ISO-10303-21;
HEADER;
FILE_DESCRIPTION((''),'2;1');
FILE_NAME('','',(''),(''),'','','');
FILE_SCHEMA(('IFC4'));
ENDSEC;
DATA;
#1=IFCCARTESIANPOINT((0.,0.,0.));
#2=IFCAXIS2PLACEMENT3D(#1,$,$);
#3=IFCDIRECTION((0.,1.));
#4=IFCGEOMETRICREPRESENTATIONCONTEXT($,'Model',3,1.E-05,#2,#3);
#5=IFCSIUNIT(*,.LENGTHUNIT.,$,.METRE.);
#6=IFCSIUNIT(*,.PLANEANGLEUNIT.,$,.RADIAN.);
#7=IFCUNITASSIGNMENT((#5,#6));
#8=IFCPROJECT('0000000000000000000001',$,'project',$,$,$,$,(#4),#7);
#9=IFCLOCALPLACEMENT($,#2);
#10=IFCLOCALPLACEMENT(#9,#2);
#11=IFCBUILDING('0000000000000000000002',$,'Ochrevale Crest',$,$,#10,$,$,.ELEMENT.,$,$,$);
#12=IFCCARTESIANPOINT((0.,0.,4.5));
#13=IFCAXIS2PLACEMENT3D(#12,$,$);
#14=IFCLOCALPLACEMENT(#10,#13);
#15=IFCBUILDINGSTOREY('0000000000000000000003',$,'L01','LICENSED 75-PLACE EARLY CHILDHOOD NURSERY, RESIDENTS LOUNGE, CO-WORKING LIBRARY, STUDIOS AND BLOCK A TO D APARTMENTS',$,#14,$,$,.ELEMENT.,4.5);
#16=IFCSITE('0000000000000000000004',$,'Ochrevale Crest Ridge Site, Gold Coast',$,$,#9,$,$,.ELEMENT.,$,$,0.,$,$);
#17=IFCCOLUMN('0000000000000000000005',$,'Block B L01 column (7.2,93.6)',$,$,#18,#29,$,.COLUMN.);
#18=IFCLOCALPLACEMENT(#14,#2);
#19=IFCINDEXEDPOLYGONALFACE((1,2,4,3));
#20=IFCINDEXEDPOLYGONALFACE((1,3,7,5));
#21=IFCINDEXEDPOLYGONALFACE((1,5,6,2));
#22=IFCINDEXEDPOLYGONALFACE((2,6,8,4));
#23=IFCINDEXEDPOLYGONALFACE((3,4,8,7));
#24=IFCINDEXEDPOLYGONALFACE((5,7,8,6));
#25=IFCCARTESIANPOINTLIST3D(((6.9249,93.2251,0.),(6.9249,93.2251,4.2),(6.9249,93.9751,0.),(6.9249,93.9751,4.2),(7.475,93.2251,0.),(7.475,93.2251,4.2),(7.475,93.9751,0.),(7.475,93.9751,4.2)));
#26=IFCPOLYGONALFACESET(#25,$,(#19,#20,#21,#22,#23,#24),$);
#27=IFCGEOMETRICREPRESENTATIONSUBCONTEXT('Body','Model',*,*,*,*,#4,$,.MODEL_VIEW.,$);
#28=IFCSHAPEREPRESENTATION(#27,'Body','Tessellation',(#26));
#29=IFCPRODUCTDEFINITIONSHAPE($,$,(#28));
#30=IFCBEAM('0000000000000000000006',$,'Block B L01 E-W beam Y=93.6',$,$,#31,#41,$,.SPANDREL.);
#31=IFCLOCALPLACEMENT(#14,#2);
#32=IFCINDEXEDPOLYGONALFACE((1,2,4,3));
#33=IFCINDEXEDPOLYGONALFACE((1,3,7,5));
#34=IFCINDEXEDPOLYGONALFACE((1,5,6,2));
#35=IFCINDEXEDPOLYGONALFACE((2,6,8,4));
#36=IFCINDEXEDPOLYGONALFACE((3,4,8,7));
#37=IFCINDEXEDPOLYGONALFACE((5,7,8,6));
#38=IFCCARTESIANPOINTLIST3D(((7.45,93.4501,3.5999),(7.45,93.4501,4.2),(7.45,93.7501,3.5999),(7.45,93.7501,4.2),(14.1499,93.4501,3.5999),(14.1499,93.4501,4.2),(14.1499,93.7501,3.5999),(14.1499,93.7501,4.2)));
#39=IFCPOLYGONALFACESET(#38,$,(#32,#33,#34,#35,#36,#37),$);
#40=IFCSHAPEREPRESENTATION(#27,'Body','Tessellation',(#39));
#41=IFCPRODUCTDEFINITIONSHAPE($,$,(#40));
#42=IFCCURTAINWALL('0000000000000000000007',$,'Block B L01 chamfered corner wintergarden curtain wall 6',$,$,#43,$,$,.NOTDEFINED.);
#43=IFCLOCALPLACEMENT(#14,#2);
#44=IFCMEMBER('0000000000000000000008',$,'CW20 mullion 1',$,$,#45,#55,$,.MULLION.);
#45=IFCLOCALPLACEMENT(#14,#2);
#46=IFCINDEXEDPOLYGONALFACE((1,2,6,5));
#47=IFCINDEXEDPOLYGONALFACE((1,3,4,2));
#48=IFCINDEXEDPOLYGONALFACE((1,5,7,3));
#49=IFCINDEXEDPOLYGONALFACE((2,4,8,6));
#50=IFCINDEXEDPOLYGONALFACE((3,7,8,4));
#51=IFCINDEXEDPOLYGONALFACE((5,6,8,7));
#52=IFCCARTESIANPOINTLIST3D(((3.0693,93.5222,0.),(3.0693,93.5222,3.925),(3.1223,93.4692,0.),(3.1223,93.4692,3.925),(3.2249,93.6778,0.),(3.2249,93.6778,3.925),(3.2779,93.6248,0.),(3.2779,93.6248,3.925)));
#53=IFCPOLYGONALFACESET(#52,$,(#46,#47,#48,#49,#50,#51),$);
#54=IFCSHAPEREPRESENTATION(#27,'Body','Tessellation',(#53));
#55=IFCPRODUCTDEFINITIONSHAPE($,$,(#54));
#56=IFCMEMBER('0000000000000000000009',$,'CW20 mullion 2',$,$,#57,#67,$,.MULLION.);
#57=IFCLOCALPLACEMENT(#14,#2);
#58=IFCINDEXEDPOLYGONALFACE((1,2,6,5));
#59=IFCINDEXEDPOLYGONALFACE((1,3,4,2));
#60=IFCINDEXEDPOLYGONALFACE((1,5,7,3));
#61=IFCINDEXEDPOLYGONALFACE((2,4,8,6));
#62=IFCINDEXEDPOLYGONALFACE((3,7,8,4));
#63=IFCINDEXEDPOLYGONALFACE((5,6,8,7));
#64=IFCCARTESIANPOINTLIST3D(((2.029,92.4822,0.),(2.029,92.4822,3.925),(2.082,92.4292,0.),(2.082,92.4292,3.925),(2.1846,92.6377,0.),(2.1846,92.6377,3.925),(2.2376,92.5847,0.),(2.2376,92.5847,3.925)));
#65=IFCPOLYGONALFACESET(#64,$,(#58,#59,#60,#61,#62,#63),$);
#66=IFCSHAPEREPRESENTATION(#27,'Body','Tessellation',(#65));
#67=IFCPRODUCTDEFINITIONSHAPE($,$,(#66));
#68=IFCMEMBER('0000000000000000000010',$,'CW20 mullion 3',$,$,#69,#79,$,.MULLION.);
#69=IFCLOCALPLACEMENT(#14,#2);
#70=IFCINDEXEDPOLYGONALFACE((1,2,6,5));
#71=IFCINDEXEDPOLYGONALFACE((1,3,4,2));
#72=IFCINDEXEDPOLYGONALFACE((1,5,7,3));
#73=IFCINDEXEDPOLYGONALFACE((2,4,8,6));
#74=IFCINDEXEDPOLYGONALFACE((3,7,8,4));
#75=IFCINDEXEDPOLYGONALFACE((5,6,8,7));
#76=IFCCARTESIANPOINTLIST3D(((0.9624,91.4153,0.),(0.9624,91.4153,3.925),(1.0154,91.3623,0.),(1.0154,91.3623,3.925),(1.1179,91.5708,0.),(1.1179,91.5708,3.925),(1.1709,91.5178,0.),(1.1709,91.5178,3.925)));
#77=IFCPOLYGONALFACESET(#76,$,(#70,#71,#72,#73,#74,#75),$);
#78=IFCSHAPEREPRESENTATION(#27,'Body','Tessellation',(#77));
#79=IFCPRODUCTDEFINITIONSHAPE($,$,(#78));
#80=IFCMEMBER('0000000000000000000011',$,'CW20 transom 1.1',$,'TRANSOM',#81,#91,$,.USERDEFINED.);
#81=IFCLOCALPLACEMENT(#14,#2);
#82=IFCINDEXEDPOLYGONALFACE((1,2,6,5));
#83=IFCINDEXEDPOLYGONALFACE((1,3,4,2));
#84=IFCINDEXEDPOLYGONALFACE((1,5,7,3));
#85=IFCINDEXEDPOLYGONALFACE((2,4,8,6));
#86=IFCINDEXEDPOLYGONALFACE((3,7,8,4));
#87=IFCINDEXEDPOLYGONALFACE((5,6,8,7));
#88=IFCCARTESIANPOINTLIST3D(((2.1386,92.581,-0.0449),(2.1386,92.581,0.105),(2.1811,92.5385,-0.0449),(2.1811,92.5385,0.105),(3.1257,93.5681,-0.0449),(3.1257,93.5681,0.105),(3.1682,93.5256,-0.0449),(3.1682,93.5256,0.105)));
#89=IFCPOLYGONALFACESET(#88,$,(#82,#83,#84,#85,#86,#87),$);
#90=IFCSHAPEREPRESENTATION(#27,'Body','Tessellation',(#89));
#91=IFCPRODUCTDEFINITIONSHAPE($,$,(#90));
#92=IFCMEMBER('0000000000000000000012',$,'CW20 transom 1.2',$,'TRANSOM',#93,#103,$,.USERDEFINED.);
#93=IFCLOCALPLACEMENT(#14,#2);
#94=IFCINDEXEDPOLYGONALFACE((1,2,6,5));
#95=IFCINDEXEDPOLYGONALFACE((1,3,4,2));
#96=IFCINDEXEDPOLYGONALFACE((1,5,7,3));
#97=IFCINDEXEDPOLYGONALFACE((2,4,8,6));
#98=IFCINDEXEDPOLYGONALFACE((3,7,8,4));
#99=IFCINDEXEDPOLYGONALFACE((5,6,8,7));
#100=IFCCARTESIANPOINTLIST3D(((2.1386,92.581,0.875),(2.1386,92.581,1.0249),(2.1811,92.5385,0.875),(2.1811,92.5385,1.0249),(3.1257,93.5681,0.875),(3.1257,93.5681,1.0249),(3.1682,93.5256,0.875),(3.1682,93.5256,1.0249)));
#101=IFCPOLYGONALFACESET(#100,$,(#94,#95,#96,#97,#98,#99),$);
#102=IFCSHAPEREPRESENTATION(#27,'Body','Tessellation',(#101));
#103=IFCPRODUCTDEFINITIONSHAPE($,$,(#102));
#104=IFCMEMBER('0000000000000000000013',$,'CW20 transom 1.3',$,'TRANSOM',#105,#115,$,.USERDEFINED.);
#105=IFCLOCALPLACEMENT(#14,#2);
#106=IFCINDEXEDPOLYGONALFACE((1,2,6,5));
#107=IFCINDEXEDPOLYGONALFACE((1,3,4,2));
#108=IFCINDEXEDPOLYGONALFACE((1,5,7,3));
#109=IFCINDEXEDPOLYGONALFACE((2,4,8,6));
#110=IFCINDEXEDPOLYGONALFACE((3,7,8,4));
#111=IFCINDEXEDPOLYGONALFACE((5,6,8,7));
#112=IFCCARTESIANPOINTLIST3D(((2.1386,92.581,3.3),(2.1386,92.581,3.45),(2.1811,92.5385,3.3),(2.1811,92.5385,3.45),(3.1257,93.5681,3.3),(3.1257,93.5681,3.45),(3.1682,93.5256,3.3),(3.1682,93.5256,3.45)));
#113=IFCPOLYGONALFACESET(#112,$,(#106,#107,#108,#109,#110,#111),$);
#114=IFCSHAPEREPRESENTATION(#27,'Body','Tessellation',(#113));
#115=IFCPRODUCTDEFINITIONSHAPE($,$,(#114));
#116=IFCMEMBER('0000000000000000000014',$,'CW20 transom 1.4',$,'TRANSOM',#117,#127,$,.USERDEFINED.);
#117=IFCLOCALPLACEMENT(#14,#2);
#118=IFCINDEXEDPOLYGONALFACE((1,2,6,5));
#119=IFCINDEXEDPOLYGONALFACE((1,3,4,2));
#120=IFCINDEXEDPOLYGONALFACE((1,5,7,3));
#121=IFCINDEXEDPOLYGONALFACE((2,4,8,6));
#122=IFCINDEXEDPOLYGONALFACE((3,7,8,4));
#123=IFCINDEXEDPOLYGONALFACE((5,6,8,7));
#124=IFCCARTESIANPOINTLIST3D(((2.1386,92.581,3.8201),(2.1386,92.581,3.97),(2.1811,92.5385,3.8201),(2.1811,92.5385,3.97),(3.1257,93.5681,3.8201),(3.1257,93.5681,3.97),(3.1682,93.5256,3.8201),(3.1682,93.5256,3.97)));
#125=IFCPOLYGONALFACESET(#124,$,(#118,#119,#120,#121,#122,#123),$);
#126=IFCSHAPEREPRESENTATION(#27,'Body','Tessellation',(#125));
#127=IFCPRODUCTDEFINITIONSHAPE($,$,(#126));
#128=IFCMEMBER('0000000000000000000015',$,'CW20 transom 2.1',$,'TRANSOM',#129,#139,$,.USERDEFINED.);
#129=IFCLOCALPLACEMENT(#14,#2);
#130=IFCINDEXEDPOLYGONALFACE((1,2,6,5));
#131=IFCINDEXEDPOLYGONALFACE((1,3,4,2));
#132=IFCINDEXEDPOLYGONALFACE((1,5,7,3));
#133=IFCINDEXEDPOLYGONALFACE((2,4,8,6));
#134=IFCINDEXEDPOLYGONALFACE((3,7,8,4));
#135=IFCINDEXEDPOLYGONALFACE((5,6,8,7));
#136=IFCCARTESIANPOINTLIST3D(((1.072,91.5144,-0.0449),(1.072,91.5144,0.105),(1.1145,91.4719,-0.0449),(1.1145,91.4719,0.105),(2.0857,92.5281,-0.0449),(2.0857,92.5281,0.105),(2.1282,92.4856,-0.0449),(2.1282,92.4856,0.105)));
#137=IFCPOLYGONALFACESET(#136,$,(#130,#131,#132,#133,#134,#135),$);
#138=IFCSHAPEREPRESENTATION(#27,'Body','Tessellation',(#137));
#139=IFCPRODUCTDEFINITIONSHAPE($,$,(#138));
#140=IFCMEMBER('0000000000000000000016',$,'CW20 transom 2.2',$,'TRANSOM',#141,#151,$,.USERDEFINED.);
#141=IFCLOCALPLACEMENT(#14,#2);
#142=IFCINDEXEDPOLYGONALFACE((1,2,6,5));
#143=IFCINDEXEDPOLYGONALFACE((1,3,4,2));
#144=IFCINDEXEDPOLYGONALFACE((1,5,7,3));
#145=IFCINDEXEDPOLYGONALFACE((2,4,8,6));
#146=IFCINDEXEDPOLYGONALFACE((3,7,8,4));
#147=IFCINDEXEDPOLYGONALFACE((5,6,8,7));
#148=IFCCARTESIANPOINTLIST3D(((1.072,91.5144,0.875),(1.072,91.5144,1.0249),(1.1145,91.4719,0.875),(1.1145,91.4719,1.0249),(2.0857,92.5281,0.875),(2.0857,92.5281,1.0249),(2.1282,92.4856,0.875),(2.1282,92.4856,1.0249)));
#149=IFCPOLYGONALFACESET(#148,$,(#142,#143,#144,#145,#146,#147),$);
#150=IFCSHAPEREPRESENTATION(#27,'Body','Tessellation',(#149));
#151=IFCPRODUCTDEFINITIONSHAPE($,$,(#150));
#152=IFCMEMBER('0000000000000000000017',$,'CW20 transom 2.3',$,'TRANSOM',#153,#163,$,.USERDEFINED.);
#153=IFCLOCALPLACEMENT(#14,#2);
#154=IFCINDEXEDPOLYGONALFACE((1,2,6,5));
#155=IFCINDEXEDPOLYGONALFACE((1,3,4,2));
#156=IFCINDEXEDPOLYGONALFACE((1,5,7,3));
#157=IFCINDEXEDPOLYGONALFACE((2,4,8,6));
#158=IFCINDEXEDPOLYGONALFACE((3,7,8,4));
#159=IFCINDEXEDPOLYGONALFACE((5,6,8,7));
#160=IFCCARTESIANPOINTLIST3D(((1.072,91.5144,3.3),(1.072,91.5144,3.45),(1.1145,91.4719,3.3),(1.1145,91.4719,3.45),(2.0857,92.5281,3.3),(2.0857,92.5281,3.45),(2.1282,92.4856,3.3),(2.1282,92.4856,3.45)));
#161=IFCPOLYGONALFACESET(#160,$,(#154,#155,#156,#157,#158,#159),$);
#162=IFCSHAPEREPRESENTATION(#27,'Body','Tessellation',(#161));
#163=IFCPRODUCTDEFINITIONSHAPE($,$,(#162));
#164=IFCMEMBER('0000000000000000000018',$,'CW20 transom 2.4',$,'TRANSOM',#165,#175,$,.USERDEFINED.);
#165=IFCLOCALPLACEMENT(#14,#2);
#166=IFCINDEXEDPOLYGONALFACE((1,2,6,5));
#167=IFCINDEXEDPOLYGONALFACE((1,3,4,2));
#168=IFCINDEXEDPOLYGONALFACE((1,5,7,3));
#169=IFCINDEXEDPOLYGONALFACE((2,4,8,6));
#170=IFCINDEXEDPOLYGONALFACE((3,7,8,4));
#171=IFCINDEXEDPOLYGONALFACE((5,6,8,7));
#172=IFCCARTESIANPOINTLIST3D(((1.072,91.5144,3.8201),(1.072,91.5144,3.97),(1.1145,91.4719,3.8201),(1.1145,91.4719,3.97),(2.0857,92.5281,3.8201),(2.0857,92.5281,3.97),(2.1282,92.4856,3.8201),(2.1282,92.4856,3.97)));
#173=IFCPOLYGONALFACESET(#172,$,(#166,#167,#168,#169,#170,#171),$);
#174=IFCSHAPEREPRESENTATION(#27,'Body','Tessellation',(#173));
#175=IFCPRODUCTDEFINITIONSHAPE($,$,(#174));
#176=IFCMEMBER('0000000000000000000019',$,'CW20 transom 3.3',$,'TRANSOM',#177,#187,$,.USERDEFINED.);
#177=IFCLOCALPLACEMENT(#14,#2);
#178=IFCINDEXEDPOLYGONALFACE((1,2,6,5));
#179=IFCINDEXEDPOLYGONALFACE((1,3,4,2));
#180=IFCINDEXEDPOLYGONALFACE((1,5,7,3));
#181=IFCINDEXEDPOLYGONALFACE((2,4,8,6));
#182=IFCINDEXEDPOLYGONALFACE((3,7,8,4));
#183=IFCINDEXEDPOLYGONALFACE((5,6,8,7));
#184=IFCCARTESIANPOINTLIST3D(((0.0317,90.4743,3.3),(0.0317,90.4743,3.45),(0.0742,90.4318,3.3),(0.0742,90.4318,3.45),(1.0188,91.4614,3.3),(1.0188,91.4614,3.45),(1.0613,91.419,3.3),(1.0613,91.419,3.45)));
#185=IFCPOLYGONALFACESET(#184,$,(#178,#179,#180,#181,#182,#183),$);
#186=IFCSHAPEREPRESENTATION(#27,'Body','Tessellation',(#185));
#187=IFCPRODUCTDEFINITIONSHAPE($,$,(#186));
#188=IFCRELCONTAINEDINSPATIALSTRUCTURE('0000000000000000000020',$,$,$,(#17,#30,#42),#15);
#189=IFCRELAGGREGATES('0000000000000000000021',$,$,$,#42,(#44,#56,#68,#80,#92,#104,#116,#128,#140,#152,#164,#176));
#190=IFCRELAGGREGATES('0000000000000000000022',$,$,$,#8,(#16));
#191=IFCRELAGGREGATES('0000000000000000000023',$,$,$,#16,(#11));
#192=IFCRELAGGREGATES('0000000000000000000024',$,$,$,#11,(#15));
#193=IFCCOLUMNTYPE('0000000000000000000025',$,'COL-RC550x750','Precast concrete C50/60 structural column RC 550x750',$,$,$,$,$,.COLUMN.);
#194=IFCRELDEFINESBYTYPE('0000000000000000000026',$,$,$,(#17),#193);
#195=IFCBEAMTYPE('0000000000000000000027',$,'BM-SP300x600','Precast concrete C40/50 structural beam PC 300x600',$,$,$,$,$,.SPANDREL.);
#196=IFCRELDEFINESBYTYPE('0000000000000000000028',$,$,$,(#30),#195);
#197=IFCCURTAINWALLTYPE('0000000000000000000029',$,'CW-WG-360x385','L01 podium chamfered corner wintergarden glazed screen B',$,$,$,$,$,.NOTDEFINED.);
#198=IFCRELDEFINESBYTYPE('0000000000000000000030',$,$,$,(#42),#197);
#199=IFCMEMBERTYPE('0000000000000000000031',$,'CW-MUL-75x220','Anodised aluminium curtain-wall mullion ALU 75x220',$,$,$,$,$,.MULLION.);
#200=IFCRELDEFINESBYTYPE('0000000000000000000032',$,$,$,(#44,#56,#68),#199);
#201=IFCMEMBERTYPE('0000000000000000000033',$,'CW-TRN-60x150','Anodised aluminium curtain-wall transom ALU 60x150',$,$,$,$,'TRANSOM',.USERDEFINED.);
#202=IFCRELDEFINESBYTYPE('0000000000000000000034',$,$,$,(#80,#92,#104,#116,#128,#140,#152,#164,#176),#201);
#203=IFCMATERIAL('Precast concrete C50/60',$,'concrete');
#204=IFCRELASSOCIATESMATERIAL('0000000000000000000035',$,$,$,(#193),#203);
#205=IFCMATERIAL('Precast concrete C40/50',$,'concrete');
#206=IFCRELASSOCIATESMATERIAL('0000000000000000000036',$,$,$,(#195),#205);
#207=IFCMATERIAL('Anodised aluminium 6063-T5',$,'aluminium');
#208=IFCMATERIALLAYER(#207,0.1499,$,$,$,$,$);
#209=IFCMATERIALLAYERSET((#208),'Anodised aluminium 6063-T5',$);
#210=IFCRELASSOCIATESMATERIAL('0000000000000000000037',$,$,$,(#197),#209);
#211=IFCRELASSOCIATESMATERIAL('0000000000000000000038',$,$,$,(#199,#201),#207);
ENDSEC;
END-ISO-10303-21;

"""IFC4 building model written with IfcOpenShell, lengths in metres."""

from ifc_helpers import new_model, si_unit, direction, frame, origin, origin_2d, place, context, subcontext, project, spatial, rectangle, extrude, material, layer, layer_set, material_profile, profile_set, type_object, element, aggregate, save


model = new_model("IFC4")

# Units and contexts
model_context = context("Model", 3, precision=1e-05, world=origin(), true_north=direction((0.0, 1.0)))
body_context = subcontext(model_context, "Body", "Model", "MODEL_VIEW")
ifc_project = project(units=[si_unit("LENGTHUNIT", "METRE"), si_unit("PLANEANGLEUNIT", "RADIAN")], contexts=[model_context])

# Site, building, storey
site_placement = place(None, origin())
site = spatial("IfcSite", under=ifc_project, at=site_placement, Name="Ochrevale Crest Ridge Site, Gold Coast", CompositionType="ELEMENT", RefElevation=0.0)
building_placement = place(site_placement, origin())
building = spatial("IfcBuilding", under=site, at=building_placement, Name="Ochrevale Crest", CompositionType="ELEMENT")
storey_placement = place(building_placement, frame((0.0, 0.0, 4.5)))
storey = spatial("IfcBuildingStorey", under=building, at=storey_placement, Name="L01", Description="LICENSED 75-PLACE EARLY CHILDHOOD NURSERY, RESIDENTS LOUNGE, CO-WORKING LIBRARY, STUDIOS AND BLOCK A TO D APARTMENTS", CompositionType="ELEMENT", Elevation=4.5)

# Column
ifc_material_1 = material(Name="Precast concrete C50/60", Category="concrete")
ifc_material_profile_1 = material_profile(ifc_material_1, rectangle(XDim=0.55, YDim=0.75, at=origin_2d()), Name="RC 550x750")
ifc_profile_set_1 = profile_set([ifc_material_profile_1], Name="Precast concrete C50/60")
column_type = type_object("IfcColumnType", Name="COL-RC550x750", Description="Precast concrete C50/60 structural column RC 550x750", PredefinedType="COLUMN", material=ifc_profile_set_1)
column_placement = place(storey_placement, frame((7.2, 93.6001, 0.0), z_axis=(0.0, 0.0, 1.0), x_axis=(1.0, 0.0, 0.0)))
element("IfcColumn", 1, at=column_placement, inside=storey, type_object=column_type, Name="Block B L01 column (7.2,93.6)", PredefinedType="COLUMN", context=body_context, shape_type="SweptSolid", body=[
    extrude(rectangle(XDim=0.55, YDim=0.75, at=origin_2d()), origin(), (0.0, 0.0, 1.0), 4.2),
])

# Beam
ifc_material_2 = material(Name="Precast concrete C40/50", Category="concrete")
ifc_material_profile_2 = material_profile(ifc_material_2, rectangle(XDim=0.3, YDim=0.6001, at=origin_2d()), Name="PC 300x600")
ifc_profile_set_2 = profile_set([ifc_material_profile_2], Name="Precast concrete C40/50")
beam_type = type_object("IfcBeamType", Name="BM-SP300x600", Description="Precast concrete C40/50 structural beam PC 300x600", PredefinedType="SPANDREL", material=ifc_profile_set_2)
beam_placement = place(storey_placement, frame((7.45, 93.6001, 3.8999), z_axis=(1.0, 0.0, 0.0), x_axis=(0.0, 1.0, 0.0)))
element("IfcBeam", 2, at=beam_placement, inside=storey, type_object=beam_type, Name="Block B L01 E-W beam Y=93.6", PredefinedType="SPANDREL", context=body_context, shape_type="SweptSolid", body=[
    extrude(rectangle(XDim=0.3, YDim=0.6001, at=origin_2d()), origin(), (0.0, 0.0, 1.0), 6.7),
])

# Curtain wall, members
ifc_material_3 = material(Name="Anodised aluminium 6063-T5", Category="aluminium")
ifc_layer_1 = layer(ifc_material_3, 0.1499)
ifc_layer_set_1 = layer_set([ifc_layer_1], Name="Anodised aluminium 6063-T5")
curtain_wall_type = type_object("IfcCurtainWallType", Name="CW-WG-360x385", Description="L01 podium chamfered corner wintergarden glazed screen B", PredefinedType="NOTDEFINED", material=ifc_layer_set_1)
curtain_wall_placement = place(storey_placement, origin())
curtain_wall = element("IfcCurtainWall", 3, at=curtain_wall_placement, inside=storey, type_object=curtain_wall_type, Name="Block B L01 chamfered corner wintergarden curtain wall 6", PredefinedType="NOTDEFINED")
ifc_material_profile_3 = material_profile(ifc_material_3, rectangle(XDim=0.075, YDim=0.22, at=origin_2d()), Name="ALU 75x220")
ifc_profile_set_3 = profile_set([ifc_material_profile_3], Name="Anodised aluminium 6063-T5")
member_type_1 = type_object("IfcMemberType", Name="CW-MUL-75x220", Description="Anodised aluminium curtain-wall mullion ALU 75x220", PredefinedType="MULLION", material=ifc_profile_set_3)
member_1_placement = place(storey_placement, frame((3.1736, 93.5735, 0.0), z_axis=(0.0, 0.0, 1.0), x_axis=(0.707107, -0.707107, 0.0)))
member_1 = element("IfcMember", 4, at=member_1_placement, type_object=member_type_1, Name="CW20 mullion 1", PredefinedType="MULLION", context=body_context, shape_type="SweptSolid", body=[
    extrude(rectangle(XDim=0.075, YDim=0.22, at=origin_2d()), origin(), (0.0, 0.0, 1.0), 3.925),
])
member_2_placement = place(storey_placement, frame((2.1333, 92.5334, 0.0), z_axis=(0.0, 0.0, 1.0), x_axis=(0.707107, -0.707107, 0.0)))
member_2 = element("IfcMember", 5, at=member_2_placement, type_object=member_type_1, Name="CW20 mullion 2", PredefinedType="MULLION", context=body_context, shape_type="SweptSolid", body=[
    extrude(rectangle(XDim=0.075, YDim=0.22, at=origin_2d()), origin(), (0.0, 0.0, 1.0), 3.925),
])
member_3_placement = place(storey_placement, frame((1.0667, 91.4666, 0.0), z_axis=(0.0, 0.0, 1.0), x_axis=(0.707107, -0.707107, 0.0)))
member_3 = element("IfcMember", 6, at=member_3_placement, type_object=member_type_1, Name="CW20 mullion 3", PredefinedType="MULLION", context=body_context, shape_type="SweptSolid", body=[
    extrude(rectangle(XDim=0.075, YDim=0.22, at=origin_2d()), origin(), (0.0, 0.0, 1.0), 3.925),
])
ifc_material_profile_4 = material_profile(ifc_material_3, rectangle(XDim=0.0601, YDim=0.1499, at=origin_2d()), Name="ALU 60x150")
ifc_profile_set_4 = profile_set([ifc_material_profile_4], Name="Anodised aluminium 6063-T5")
member_type_2 = type_object("IfcMemberType", Name="CW-TRN-60x150", Description="Anodised aluminium curtain-wall transom ALU 60x150", ElementType="TRANSOM", PredefinedType="USERDEFINED", material=ifc_profile_set_4)
member_4_placement = place(storey_placement, frame((3.147, 93.5469, 0.03), z_axis=(-0.707107, -0.707107, 0.0), x_axis=(0.707107, -0.707107, 0.0)))
member_4 = element("IfcMember", 7, at=member_4_placement, type_object=member_type_2, Name="CW20 transom 1.1", ObjectType="TRANSOM", PredefinedType="USERDEFINED", context=body_context, shape_type="SweptSolid", body=[
    extrude(rectangle(XDim=0.0601, YDim=0.1499, at=origin_2d()), origin(), (0.0, 0.0, 1.0), 1.396),
])
member_5_placement = place(storey_placement, frame((3.147, 93.5469, 0.95), z_axis=(-0.707107, -0.707107, 0.0), x_axis=(0.707107, -0.707107, 0.0)))
member_5 = element("IfcMember", 8, at=member_5_placement, type_object=member_type_2, Name="CW20 transom 1.2", ObjectType="TRANSOM", PredefinedType="USERDEFINED", context=body_context, shape_type="SweptSolid", body=[
    extrude(rectangle(XDim=0.0601, YDim=0.1499, at=origin_2d()), origin(), (0.0, 0.0, 1.0), 1.396),
])
member_6_placement = place(storey_placement, frame((3.147, 93.5469, 3.375), z_axis=(-0.707107, -0.707107, 0.0), x_axis=(0.707107, -0.707107, 0.0)))
member_6 = element("IfcMember", 9, at=member_6_placement, type_object=member_type_2, Name="CW20 transom 1.3", ObjectType="TRANSOM", PredefinedType="USERDEFINED", context=body_context, shape_type="SweptSolid", body=[
    extrude(rectangle(XDim=0.0601, YDim=0.1499, at=origin_2d()), origin(), (0.0, 0.0, 1.0), 1.396),
])
member_7_placement = place(storey_placement, frame((3.147, 93.5469, 3.895), z_axis=(-0.707107, -0.707107, 0.0), x_axis=(0.707107, -0.707107, 0.0)))
member_7 = element("IfcMember", 10, at=member_7_placement, type_object=member_type_2, Name="CW20 transom 1.4", ObjectType="TRANSOM", PredefinedType="USERDEFINED", context=body_context, shape_type="SweptSolid", body=[
    extrude(rectangle(XDim=0.0601, YDim=0.1499, at=origin_2d()), origin(), (0.0, 0.0, 1.0), 1.396),
])
member_8_placement = place(storey_placement, frame((2.1069, 92.5068, 0.03), z_axis=(-0.707107, -0.707107, 0.0), x_axis=(0.707107, -0.707107, 0.0)))
member_8 = element("IfcMember", 11, at=member_8_placement, type_object=member_type_2, Name="CW20 transom 2.1", ObjectType="TRANSOM", PredefinedType="USERDEFINED", context=body_context, shape_type="SweptSolid", body=[
    extrude(rectangle(XDim=0.0601, YDim=0.1499, at=origin_2d()), origin(), (0.0, 0.0, 1.0), 1.4336),
])
member_9_placement = place(storey_placement, frame((2.1069, 92.5068, 0.95), z_axis=(-0.707107, -0.707107, 0.0), x_axis=(0.707107, -0.707107, 0.0)))
member_9 = element("IfcMember", 12, at=member_9_placement, type_object=member_type_2, Name="CW20 transom 2.2", ObjectType="TRANSOM", PredefinedType="USERDEFINED", context=body_context, shape_type="SweptSolid", body=[
    extrude(rectangle(XDim=0.0601, YDim=0.1499, at=origin_2d()), origin(), (0.0, 0.0, 1.0), 1.4336),
])
member_10_placement = place(storey_placement, frame((2.1069, 92.5068, 3.375), z_axis=(-0.707107, -0.707107, 0.0), x_axis=(0.707107, -0.707107, 0.0)))
member_10 = element("IfcMember", 13, at=member_10_placement, type_object=member_type_2, Name="CW20 transom 2.3", ObjectType="TRANSOM", PredefinedType="USERDEFINED", context=body_context, shape_type="SweptSolid", body=[
    extrude(rectangle(XDim=0.0601, YDim=0.1499, at=origin_2d()), origin(), (0.0, 0.0, 1.0), 1.4336),
])
member_11_placement = place(storey_placement, frame((2.1069, 92.5068, 3.895), z_axis=(-0.707107, -0.707107, 0.0), x_axis=(0.707107, -0.707107, 0.0)))
member_11 = element("IfcMember", 14, at=member_11_placement, type_object=member_type_2, Name="CW20 transom 2.4", ObjectType="TRANSOM", PredefinedType="USERDEFINED", context=body_context, shape_type="SweptSolid", body=[
    extrude(rectangle(XDim=0.0601, YDim=0.1499, at=origin_2d()), origin(), (0.0, 0.0, 1.0), 1.4336),
])
member_12_placement = place(storey_placement, frame((1.04, 91.4402, 3.375), z_axis=(-0.707107, -0.707107, 0.0), x_axis=(0.707107, -0.707107, 0.0)))
member_12 = element("IfcMember", 15, at=member_12_placement, type_object=member_type_2, Name="CW20 transom 3.3", ObjectType="TRANSOM", PredefinedType="USERDEFINED", context=body_context, shape_type="SweptSolid", body=[
    extrude(rectangle(XDim=0.0601, YDim=0.1499, at=origin_2d()), origin(), (0.0, 0.0, 1.0), 1.396),
])
aggregate(curtain_wall, [member_1, member_2, member_3, member_4, member_5, member_6, member_7, member_8, member_9, member_10, member_11, member_12])

save(model, "model.ifc")
